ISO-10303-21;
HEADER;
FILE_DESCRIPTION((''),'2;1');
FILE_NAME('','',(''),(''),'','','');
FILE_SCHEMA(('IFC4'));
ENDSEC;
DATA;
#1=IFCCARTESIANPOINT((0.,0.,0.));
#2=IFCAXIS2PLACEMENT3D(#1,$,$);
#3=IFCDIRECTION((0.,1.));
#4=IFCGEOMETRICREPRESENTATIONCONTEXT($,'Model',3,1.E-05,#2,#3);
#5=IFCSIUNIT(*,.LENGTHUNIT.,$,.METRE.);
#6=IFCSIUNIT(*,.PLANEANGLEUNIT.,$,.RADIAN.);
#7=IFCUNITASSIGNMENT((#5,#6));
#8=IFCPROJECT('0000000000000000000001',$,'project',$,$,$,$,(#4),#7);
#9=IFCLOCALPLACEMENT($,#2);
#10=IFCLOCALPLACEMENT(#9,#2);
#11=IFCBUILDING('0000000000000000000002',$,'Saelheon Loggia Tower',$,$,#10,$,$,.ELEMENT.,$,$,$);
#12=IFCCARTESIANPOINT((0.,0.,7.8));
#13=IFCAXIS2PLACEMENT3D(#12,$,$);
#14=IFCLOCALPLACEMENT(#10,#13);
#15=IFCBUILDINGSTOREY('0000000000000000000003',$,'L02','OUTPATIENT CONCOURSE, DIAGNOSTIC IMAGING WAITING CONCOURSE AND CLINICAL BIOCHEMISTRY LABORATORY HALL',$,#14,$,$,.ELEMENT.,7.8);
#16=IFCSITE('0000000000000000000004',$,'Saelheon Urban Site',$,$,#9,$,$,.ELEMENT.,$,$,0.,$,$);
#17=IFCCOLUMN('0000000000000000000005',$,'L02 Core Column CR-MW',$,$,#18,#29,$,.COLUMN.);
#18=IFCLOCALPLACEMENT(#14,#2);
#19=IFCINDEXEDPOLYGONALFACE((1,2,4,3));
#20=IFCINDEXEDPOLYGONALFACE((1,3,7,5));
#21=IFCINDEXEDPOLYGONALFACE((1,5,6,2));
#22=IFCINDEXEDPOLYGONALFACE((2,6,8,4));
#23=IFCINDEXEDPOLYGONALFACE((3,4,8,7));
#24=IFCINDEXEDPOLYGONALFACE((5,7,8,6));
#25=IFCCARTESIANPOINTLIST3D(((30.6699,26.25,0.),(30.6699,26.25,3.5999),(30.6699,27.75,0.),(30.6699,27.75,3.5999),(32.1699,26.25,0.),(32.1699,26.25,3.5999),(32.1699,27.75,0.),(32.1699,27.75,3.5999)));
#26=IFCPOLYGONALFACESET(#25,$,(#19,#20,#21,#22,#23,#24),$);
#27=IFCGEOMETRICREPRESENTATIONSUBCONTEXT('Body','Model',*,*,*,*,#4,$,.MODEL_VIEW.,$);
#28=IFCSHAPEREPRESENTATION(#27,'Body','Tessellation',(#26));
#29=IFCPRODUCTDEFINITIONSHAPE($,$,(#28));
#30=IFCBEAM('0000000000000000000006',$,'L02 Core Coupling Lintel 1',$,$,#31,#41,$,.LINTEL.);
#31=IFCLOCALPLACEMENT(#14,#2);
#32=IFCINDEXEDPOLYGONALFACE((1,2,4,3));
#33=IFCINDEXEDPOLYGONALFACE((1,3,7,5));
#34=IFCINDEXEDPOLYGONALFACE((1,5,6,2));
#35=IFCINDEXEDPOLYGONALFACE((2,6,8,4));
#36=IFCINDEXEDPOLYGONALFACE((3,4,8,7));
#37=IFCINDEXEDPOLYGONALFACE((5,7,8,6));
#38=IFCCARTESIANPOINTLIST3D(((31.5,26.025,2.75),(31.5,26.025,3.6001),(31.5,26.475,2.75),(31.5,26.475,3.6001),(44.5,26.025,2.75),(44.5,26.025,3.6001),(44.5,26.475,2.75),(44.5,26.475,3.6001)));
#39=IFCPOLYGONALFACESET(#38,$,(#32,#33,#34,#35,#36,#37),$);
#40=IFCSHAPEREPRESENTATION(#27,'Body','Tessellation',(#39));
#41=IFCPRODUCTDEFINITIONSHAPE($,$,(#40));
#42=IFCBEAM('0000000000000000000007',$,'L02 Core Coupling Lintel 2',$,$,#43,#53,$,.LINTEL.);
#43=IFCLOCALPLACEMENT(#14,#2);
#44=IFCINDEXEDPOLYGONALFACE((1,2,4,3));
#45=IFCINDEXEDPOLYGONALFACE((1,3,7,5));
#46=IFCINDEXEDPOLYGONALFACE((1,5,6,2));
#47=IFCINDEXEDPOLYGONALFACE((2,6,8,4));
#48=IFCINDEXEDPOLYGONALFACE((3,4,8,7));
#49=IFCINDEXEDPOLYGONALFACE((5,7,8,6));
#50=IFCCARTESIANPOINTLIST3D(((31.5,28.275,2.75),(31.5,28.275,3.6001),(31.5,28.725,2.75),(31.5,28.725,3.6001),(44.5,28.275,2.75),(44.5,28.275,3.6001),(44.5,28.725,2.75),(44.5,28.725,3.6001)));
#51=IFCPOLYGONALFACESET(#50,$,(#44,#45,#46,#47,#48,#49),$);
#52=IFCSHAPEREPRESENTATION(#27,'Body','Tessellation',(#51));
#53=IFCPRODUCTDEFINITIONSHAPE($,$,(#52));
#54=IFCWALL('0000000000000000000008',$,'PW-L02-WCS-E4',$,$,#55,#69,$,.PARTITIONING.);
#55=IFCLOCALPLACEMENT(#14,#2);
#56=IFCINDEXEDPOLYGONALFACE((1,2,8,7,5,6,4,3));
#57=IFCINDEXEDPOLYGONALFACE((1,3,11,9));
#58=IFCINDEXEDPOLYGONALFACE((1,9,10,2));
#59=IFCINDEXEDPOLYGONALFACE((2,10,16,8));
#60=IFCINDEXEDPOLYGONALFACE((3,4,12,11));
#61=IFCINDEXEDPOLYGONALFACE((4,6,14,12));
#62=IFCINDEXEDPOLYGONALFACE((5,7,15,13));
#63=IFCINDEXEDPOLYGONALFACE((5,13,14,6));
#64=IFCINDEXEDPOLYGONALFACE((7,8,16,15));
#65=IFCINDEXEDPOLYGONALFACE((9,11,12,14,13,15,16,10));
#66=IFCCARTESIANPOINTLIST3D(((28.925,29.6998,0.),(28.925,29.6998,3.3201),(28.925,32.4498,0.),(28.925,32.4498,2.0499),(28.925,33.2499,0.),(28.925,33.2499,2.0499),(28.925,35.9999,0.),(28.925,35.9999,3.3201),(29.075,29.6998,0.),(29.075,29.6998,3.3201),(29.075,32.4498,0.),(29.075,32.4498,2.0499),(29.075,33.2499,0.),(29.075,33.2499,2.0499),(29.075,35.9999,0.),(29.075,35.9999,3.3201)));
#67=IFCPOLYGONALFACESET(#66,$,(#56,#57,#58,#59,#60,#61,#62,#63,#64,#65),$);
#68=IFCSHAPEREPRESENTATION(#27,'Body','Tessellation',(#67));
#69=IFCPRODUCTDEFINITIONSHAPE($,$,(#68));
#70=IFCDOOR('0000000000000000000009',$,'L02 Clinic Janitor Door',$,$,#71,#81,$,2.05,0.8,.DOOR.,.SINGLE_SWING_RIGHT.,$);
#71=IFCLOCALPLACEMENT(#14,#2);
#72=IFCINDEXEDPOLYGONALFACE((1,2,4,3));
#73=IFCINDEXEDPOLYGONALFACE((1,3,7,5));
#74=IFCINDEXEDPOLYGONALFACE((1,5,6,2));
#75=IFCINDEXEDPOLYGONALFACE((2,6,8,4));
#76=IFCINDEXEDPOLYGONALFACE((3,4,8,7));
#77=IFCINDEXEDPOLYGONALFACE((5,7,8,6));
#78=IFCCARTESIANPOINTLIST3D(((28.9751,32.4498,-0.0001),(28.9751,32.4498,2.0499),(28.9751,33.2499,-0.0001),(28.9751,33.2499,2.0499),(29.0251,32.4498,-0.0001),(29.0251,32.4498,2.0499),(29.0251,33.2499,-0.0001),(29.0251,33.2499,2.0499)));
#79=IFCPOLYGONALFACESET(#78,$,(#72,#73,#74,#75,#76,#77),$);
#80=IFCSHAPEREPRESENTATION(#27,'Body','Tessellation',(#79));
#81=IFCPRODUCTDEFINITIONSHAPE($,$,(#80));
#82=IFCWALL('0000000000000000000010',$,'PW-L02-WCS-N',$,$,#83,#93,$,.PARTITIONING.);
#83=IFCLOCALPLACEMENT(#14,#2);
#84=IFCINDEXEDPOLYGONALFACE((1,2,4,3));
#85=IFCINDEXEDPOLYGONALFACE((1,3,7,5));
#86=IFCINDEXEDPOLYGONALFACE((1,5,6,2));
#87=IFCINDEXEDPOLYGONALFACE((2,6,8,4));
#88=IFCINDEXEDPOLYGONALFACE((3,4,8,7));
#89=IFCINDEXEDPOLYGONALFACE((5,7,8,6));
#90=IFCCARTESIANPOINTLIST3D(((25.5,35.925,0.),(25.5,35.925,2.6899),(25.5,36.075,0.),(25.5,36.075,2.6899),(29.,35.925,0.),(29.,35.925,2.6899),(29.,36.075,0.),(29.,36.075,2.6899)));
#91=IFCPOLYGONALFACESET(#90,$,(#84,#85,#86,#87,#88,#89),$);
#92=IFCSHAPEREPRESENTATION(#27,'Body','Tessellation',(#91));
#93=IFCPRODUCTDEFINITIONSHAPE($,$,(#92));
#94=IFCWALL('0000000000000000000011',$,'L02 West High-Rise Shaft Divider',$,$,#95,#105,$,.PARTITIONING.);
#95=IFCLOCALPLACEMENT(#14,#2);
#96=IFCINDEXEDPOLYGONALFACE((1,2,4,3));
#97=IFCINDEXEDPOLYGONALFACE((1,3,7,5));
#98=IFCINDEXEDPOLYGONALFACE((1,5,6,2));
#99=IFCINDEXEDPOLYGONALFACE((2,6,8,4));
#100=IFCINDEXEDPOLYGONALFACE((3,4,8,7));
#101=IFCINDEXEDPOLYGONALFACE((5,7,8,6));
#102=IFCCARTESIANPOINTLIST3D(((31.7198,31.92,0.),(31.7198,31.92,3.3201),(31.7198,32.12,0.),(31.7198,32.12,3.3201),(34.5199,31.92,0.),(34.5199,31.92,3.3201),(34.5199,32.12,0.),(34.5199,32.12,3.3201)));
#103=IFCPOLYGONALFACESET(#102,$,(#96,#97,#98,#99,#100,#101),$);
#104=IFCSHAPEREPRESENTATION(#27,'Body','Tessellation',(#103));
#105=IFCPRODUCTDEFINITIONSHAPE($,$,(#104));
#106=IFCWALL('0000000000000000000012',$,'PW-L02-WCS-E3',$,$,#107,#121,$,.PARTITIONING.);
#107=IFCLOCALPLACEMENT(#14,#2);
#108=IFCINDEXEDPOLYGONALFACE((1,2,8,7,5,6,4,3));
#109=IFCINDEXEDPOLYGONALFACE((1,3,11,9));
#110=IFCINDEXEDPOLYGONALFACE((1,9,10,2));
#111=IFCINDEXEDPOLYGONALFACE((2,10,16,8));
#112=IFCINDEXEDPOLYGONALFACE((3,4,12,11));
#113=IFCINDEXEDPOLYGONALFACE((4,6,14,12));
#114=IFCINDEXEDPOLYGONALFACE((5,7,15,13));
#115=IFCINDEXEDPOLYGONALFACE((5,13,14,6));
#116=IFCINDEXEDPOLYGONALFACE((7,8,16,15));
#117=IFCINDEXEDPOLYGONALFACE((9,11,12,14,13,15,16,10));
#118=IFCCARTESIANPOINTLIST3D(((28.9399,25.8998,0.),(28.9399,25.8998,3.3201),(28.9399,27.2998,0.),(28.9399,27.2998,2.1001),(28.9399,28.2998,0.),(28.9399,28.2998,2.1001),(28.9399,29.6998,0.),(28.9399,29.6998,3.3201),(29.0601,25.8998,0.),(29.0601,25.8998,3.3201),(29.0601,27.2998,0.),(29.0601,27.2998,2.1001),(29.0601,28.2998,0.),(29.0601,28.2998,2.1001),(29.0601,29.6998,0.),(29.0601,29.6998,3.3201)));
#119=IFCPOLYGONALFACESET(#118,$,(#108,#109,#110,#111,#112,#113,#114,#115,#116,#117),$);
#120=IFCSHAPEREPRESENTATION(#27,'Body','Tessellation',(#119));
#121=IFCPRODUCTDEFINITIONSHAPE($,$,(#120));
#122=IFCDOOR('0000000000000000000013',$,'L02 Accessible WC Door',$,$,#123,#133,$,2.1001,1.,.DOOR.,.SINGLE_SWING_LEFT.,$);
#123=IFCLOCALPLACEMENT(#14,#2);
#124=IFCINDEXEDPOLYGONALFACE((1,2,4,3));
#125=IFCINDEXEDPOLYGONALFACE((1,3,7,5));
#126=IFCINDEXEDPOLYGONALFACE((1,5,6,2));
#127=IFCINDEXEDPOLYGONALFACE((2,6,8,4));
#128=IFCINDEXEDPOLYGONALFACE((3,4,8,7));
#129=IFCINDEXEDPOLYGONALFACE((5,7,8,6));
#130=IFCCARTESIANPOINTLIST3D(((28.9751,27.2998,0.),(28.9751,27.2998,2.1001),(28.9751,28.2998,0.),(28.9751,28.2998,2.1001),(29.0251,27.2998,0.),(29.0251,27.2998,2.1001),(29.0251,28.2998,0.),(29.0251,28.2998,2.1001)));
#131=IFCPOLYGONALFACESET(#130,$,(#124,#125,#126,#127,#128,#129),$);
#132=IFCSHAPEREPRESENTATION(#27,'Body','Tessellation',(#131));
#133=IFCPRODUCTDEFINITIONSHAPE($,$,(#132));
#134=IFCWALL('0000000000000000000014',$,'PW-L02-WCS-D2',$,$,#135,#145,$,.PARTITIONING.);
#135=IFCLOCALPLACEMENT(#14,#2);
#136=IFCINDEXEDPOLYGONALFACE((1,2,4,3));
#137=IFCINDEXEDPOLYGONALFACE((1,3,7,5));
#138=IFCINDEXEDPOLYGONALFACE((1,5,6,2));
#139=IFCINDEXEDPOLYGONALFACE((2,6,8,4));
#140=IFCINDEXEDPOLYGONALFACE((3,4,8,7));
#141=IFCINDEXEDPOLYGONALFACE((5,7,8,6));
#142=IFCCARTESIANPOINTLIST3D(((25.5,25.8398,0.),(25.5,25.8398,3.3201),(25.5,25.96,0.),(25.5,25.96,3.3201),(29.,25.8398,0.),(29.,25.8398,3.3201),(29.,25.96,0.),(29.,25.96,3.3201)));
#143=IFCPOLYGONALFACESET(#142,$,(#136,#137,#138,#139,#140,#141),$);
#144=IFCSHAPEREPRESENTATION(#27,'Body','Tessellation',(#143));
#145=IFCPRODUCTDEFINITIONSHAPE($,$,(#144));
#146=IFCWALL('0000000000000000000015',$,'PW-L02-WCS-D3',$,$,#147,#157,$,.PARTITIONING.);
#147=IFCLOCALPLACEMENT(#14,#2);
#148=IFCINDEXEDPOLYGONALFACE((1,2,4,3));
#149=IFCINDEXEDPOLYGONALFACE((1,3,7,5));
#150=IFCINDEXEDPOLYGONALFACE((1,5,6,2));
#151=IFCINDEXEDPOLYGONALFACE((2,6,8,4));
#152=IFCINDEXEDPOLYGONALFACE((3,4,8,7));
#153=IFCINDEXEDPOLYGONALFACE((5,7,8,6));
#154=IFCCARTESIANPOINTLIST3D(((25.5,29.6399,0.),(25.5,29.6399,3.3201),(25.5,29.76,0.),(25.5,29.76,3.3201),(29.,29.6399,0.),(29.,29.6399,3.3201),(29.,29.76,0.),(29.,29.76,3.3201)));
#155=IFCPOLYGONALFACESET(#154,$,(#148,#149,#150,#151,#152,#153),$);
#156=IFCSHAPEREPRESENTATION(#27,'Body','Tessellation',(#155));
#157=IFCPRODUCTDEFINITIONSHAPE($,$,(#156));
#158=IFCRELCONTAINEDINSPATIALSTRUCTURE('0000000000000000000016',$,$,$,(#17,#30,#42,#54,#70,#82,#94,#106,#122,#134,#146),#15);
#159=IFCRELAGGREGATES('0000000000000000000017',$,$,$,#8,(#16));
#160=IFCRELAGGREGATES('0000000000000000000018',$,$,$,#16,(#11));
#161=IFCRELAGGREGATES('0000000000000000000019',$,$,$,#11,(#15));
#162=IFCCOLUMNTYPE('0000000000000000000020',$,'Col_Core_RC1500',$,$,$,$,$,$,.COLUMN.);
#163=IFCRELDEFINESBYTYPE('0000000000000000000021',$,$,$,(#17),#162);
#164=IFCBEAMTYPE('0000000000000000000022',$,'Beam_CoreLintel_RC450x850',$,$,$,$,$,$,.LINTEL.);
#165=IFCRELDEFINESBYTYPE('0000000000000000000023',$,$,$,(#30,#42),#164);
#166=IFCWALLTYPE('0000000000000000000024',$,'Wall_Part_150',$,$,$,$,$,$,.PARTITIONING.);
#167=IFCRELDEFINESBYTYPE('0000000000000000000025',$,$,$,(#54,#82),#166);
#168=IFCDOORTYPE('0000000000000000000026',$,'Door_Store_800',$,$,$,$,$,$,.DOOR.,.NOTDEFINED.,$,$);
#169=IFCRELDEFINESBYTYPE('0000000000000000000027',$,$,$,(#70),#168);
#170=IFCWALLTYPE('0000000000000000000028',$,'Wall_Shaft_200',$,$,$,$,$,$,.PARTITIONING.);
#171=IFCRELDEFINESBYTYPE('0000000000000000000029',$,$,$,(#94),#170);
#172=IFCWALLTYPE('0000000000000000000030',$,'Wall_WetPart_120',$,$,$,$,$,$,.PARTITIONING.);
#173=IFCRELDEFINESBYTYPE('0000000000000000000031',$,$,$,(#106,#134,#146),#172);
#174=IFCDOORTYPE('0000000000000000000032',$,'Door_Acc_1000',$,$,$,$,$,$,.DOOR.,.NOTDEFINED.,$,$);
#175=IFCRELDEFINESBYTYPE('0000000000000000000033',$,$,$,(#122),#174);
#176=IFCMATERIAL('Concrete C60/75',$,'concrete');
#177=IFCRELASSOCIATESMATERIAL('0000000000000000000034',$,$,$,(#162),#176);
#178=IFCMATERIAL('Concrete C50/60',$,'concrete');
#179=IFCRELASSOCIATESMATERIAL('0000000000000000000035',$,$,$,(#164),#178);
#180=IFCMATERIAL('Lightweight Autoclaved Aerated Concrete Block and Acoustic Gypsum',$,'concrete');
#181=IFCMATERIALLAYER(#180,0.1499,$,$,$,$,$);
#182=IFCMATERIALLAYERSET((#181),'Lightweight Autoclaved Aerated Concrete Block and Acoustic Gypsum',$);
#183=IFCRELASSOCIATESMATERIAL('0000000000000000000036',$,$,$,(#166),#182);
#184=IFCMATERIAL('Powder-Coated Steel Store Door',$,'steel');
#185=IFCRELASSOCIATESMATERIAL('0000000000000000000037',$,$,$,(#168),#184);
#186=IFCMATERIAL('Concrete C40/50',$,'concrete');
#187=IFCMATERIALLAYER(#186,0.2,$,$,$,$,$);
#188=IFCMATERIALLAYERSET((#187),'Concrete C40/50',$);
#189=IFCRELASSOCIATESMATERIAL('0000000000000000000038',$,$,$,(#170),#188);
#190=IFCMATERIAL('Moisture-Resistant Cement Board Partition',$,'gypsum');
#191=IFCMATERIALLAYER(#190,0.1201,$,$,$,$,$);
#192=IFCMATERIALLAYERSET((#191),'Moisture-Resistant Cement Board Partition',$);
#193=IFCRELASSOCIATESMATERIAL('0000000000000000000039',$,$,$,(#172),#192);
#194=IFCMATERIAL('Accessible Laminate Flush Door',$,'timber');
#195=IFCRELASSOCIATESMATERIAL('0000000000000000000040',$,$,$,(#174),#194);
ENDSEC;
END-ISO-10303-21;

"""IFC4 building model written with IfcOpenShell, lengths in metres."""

from ifc_helpers import new_model, si_unit, direction, frame, frame_2d, origin, origin_2d, place, context, subcontext, project, spatial, rectangle, extrude, source, transform, mapped, material, layer, layer_set, material_profile, profile_set, type_object, element, fill, save


model = new_model("IFC4")

# Units and contexts
model_context = context("Model", 3, precision=1e-05, world=origin(), true_north=direction((0.0, 1.0)))
body_context = subcontext(model_context, "Body", "Model", "MODEL_VIEW")
ifc_project = project(units=[si_unit("LENGTHUNIT", "METRE"), si_unit("PLANEANGLEUNIT", "RADIAN")], contexts=[model_context])

# Site, building, storey
site_placement = place(None, origin())
site = spatial("IfcSite", under=ifc_project, at=site_placement, Name="Saelheon Urban Site", CompositionType="ELEMENT", RefElevation=0.0)
building_placement = place(site_placement, origin())
building = spatial("IfcBuilding", under=site, at=building_placement, Name="Saelheon Loggia Tower", CompositionType="ELEMENT")
storey_placement = place(building_placement, frame((0.0, 0.0, 7.8)))
storey = spatial("IfcBuildingStorey", under=building, at=storey_placement, Name="L02", Description="OUTPATIENT CONCOURSE, DIAGNOSTIC IMAGING WAITING CONCOURSE AND CLINICAL BIOCHEMISTRY LABORATORY HALL", CompositionType="ELEMENT", Elevation=7.8)

# Column
ifc_material_1 = material(Name="Concrete C60/75", Category="concrete")
ifc_material_profile_1 = material_profile(ifc_material_1, rectangle(XDim=1.5, YDim=1.5, at=origin_2d()), Name="RC-1500x1500")
ifc_profile_set_1 = profile_set([ifc_material_profile_1], Name="Concrete C60/75")
column_type = type_object("IfcColumnType", Name="Col_Core_RC1500", PredefinedType="COLUMN", material=ifc_profile_set_1)
shared_shape_1 = source(origin(), body_context, "Body", "SweptSolid", [
    extrude(rectangle(XDim=1.5, YDim=1.5, at=origin_2d()), origin(), (0.0, 0.0, 1.0), 3.5999),
])
column_placement = place(storey_placement, frame((31.4199, 27.0, 0.0), z_axis=(0.0, 0.0, 1.0), x_axis=(1.0, 0.0, 0.0)))
element("IfcColumn", 1, at=column_placement, inside=storey, type_object=column_type, Name="L02 Core Column CR-MW", PredefinedType="COLUMN", context=body_context, shape_type="MappedRepresentation", body=[
    mapped(shared_shape_1, transform((0.0, 0.0, 0.0), scale=1.0)),
])

# Beams
ifc_material_2 = material(Name="Concrete C50/60", Category="concrete")
ifc_material_profile_2 = material_profile(ifc_material_2, rectangle(XDim=0.45, YDim=0.8501, at=origin_2d()), Name="RC-450x850")
ifc_profile_set_2 = profile_set([ifc_material_profile_2], Name="Concrete C50/60")
beam_type = type_object("IfcBeamType", Name="Beam_CoreLintel_RC450x850", PredefinedType="LINTEL", material=ifc_profile_set_2)
shared_shape_2 = source(origin(), body_context, "Body", "SweptSolid", [
    extrude(rectangle(XDim=0.45, YDim=0.8501, at=origin_2d()), origin(), (0.0, 0.0, 1.0), 13.0),
])
for number, where, z_axis, x_axis, name in (
    (2, (31.5, 26.25, 3.175), (1.0, 0.0, 0.0), (0.0, 1.0, 0.0), "L02 Core Coupling Lintel 1"),
    (3, (31.5, 28.5, 3.175), (1.0, 0.0, 0.0), (0.0, 1.0, 0.0), "L02 Core Coupling Lintel 2"),
):
    element("IfcBeam", number, at=place(storey_placement, frame(where, z_axis=z_axis, x_axis=x_axis)), inside=storey, type_object=beam_type, Name=name, PredefinedType="LINTEL", context=body_context, shape_type="MappedRepresentation", body=[
        mapped(shared_shape_2, transform((0.0, 0.0, 0.0), scale=1.0)),
    ])

# Wall, opening, door
ifc_material_3 = material(Name="Lightweight Autoclaved Aerated Concrete Block and Acoustic Gypsum", Category="concrete")
ifc_layer_1 = layer(ifc_material_3, 0.1499)
ifc_layer_set_1 = layer_set([ifc_layer_1], Name="Lightweight Autoclaved Aerated Concrete Block and Acoustic Gypsum")
wall_type_1 = type_object("IfcWallType", Name="Wall_Part_150", PredefinedType="PARTITIONING", material=ifc_layer_set_1)
wall_1_placement = place(storey_placement, frame((29.0, 29.7, 0.0), z_axis=(0.0, 0.0, 1.0), x_axis=(0.0, 1.0, 0.0)))
wall_1 = element("IfcWall", 4, at=wall_1_placement, inside=storey, type_object=wall_type_1, Name="PW-L02-WCS-E4", PredefinedType="PARTITIONING", context=body_context, shape_type="SweptSolid", body=[
    extrude(rectangle(XDim=6.3, YDim=0.1499, at=frame_2d((3.1499, 0.0))), origin(), (0.0, 0.0, 1.0), 3.3201),
])
opening_1_placement = place(wall_1_placement, frame((2.75, 0.0, 0.0)))
opening_1 = element("IfcOpeningElement", 5, at=opening_1_placement, cuts=wall_1, PredefinedType="OPENING", context=body_context, shape_type="SweptSolid", body=[
    extrude(rectangle(XDim=0.8, YDim=2.05, at=frame_2d((0.3999, 1.0249))), frame((0.0, 0.0869, 0.0), z_axis=(0.0, -1.0, 0.0), x_axis=(1.0, 0.0, 0.0)), (0.0, 0.0, 1.0), 0.1738),
])
ifc_material_4 = material(Name="Powder-Coated Steel Store Door", Category="steel")
door_type_1 = type_object("IfcDoorType", Name="Door_Store_800", OperationType="NOTDEFINED", PredefinedType="DOOR", material=ifc_material_4)
shared_shape_3 = source(origin(), body_context, "Body", "SweptSolid", [
    extrude(rectangle(XDim=0.8, YDim=2.05, at=frame_2d((0.3999, 1.0249))), frame((0.0, 0.0249, 0.0), z_axis=(0.0, -1.0, 0.0), x_axis=(1.0, 0.0, 0.0)), (0.0, 0.0, 1.0), 0.05),
])
door_1_placement = place(opening_1_placement, origin())
door_1 = element("IfcDoor", 6, at=door_1_placement, inside=storey, type_object=door_type_1, Name="L02 Clinic Janitor Door", OperationType="SINGLE_SWING_RIGHT", OverallHeight=2.05, OverallWidth=0.8, PredefinedType="DOOR", context=body_context, shape_type="MappedRepresentation", body=[
    mapped(shared_shape_3, transform((0.0, 0.0, 0.0), scale=1.0)),
])
fill(opening_1, door_1)

# Wall
wall_2_placement = place(storey_placement, frame((25.5, 36.0, 0.0), z_axis=(0.0, 0.0, 1.0), x_axis=(1.0, 0.0, 0.0)))
element("IfcWall", 7, at=wall_2_placement, inside=storey, type_object=wall_type_1, Name="PW-L02-WCS-N", PredefinedType="PARTITIONING", context=body_context, shape_type="SweptSolid", body=[
    extrude(rectangle(XDim=3.5, YDim=0.1499, at=frame_2d((1.75, 0.0))), origin(), (0.0, 0.0, 1.0), 2.6899),
])

# Shared definitions
ifc_material_5 = material(Name="Concrete C40/50", Category="concrete")
ifc_layer_2 = layer(ifc_material_5, 0.2)
ifc_layer_set_2 = layer_set([ifc_layer_2], Name="Concrete C40/50")
wall_type_2 = type_object("IfcWallType", Name="Wall_Shaft_200", PredefinedType="PARTITIONING", material=ifc_layer_set_2)

# Wall
wall_3_placement = place(storey_placement, frame((31.72, 32.02, 0.0), z_axis=(0.0, 0.0, 1.0), x_axis=(1.0, 0.0, 0.0)))
element("IfcWall", 8, at=wall_3_placement, inside=storey, type_object=wall_type_2, Name="L02 West High-Rise Shaft Divider", PredefinedType="PARTITIONING", context=body_context, shape_type="SweptSolid", body=[
    extrude(rectangle(XDim=2.8, YDim=0.2, at=frame_2d((1.3999, 0.0))), origin(), (0.0, 0.0, 1.0), 3.3201),
])

# Wall, opening, door
ifc_material_6 = material(Name="Moisture-Resistant Cement Board Partition", Category="gypsum")
ifc_layer_3 = layer(ifc_material_6, 0.1201)
ifc_layer_set_3 = layer_set([ifc_layer_3], Name="Moisture-Resistant Cement Board Partition")
wall_type_3 = type_object("IfcWallType", Name="Wall_WetPart_120", PredefinedType="PARTITIONING", material=ifc_layer_set_3)
wall_4_placement = place(storey_placement, frame((29.0, 25.8999, 0.0), z_axis=(0.0, 0.0, 1.0), x_axis=(0.0, 1.0, 0.0)))
wall_4 = element("IfcWall", 9, at=wall_4_placement, inside=storey, type_object=wall_type_3, Name="PW-L02-WCS-E3", PredefinedType="PARTITIONING", context=body_context, shape_type="SweptSolid", body=[
    extrude(rectangle(XDim=3.8, YDim=0.1201, at=frame_2d((1.8999, 0.0))), origin(), (0.0, 0.0, 1.0), 3.3201),
])
opening_2_placement = place(wall_4_placement, frame((1.3999, 0.0, 0.0)))
opening_2 = element("IfcOpeningElement", 10, at=opening_2_placement, cuts=wall_4, PredefinedType="OPENING", context=body_context, shape_type="SweptSolid", body=[
    extrude(rectangle(XDim=1.0, YDim=2.1001, at=frame_2d((0.5, 1.05))), frame((0.0, 0.072, 0.0), z_axis=(0.0, -1.0, 0.0), x_axis=(1.0, 0.0, 0.0)), (0.0, 0.0, 1.0), 0.144),
])
ifc_material_7 = material(Name="Accessible Laminate Flush Door", Category="timber")
door_type_2 = type_object("IfcDoorType", Name="Door_Acc_1000", OperationType="NOTDEFINED", PredefinedType="DOOR", material=ifc_material_7)
shared_shape_4 = source(origin(), body_context, "Body", "SweptSolid", [
    extrude(rectangle(XDim=1.0, YDim=2.1001, at=frame_2d((0.5, 1.05))), frame((0.0, 0.0249, 0.0), z_axis=(0.0, -1.0, 0.0), x_axis=(1.0, 0.0, 0.0)), (0.0, 0.0, 1.0), 0.05),
])
door_2_placement = place(opening_2_placement, origin())
door_2 = element("IfcDoor", 11, at=door_2_placement, inside=storey, type_object=door_type_2, Name="L02 Accessible WC Door", OperationType="SINGLE_SWING_LEFT", OverallHeight=2.1001, OverallWidth=1.0, PredefinedType="DOOR", context=body_context, shape_type="MappedRepresentation", body=[
    mapped(shared_shape_4, transform((0.0, 0.0, 0.0), scale=1.0)),
])
fill(opening_2, door_2)

# Walls
for number, where, z_axis, x_axis, name in (
    (12, (25.5, 25.8999, 0.0), (0.0, 0.0, 1.0), (1.0, 0.0, 0.0), "PW-L02-WCS-D2"),
    (13, (25.5, 29.7, 0.0), (0.0, 0.0, 1.0), (1.0, 0.0, 0.0), "PW-L02-WCS-D3"),
):
    element("IfcWall", number, at=place(storey_placement, frame(where, z_axis=z_axis, x_axis=x_axis)), inside=storey, type_object=wall_type_3, Name=name, PredefinedType="PARTITIONING", context=body_context, shape_type="SweptSolid", body=[
        extrude(rectangle(XDim=3.5, YDim=0.1201, at=frame_2d((1.75, 0.0))), origin(), (0.0, 0.0, 1.0), 3.3201),
    ])

save(model, "model.ifc")
